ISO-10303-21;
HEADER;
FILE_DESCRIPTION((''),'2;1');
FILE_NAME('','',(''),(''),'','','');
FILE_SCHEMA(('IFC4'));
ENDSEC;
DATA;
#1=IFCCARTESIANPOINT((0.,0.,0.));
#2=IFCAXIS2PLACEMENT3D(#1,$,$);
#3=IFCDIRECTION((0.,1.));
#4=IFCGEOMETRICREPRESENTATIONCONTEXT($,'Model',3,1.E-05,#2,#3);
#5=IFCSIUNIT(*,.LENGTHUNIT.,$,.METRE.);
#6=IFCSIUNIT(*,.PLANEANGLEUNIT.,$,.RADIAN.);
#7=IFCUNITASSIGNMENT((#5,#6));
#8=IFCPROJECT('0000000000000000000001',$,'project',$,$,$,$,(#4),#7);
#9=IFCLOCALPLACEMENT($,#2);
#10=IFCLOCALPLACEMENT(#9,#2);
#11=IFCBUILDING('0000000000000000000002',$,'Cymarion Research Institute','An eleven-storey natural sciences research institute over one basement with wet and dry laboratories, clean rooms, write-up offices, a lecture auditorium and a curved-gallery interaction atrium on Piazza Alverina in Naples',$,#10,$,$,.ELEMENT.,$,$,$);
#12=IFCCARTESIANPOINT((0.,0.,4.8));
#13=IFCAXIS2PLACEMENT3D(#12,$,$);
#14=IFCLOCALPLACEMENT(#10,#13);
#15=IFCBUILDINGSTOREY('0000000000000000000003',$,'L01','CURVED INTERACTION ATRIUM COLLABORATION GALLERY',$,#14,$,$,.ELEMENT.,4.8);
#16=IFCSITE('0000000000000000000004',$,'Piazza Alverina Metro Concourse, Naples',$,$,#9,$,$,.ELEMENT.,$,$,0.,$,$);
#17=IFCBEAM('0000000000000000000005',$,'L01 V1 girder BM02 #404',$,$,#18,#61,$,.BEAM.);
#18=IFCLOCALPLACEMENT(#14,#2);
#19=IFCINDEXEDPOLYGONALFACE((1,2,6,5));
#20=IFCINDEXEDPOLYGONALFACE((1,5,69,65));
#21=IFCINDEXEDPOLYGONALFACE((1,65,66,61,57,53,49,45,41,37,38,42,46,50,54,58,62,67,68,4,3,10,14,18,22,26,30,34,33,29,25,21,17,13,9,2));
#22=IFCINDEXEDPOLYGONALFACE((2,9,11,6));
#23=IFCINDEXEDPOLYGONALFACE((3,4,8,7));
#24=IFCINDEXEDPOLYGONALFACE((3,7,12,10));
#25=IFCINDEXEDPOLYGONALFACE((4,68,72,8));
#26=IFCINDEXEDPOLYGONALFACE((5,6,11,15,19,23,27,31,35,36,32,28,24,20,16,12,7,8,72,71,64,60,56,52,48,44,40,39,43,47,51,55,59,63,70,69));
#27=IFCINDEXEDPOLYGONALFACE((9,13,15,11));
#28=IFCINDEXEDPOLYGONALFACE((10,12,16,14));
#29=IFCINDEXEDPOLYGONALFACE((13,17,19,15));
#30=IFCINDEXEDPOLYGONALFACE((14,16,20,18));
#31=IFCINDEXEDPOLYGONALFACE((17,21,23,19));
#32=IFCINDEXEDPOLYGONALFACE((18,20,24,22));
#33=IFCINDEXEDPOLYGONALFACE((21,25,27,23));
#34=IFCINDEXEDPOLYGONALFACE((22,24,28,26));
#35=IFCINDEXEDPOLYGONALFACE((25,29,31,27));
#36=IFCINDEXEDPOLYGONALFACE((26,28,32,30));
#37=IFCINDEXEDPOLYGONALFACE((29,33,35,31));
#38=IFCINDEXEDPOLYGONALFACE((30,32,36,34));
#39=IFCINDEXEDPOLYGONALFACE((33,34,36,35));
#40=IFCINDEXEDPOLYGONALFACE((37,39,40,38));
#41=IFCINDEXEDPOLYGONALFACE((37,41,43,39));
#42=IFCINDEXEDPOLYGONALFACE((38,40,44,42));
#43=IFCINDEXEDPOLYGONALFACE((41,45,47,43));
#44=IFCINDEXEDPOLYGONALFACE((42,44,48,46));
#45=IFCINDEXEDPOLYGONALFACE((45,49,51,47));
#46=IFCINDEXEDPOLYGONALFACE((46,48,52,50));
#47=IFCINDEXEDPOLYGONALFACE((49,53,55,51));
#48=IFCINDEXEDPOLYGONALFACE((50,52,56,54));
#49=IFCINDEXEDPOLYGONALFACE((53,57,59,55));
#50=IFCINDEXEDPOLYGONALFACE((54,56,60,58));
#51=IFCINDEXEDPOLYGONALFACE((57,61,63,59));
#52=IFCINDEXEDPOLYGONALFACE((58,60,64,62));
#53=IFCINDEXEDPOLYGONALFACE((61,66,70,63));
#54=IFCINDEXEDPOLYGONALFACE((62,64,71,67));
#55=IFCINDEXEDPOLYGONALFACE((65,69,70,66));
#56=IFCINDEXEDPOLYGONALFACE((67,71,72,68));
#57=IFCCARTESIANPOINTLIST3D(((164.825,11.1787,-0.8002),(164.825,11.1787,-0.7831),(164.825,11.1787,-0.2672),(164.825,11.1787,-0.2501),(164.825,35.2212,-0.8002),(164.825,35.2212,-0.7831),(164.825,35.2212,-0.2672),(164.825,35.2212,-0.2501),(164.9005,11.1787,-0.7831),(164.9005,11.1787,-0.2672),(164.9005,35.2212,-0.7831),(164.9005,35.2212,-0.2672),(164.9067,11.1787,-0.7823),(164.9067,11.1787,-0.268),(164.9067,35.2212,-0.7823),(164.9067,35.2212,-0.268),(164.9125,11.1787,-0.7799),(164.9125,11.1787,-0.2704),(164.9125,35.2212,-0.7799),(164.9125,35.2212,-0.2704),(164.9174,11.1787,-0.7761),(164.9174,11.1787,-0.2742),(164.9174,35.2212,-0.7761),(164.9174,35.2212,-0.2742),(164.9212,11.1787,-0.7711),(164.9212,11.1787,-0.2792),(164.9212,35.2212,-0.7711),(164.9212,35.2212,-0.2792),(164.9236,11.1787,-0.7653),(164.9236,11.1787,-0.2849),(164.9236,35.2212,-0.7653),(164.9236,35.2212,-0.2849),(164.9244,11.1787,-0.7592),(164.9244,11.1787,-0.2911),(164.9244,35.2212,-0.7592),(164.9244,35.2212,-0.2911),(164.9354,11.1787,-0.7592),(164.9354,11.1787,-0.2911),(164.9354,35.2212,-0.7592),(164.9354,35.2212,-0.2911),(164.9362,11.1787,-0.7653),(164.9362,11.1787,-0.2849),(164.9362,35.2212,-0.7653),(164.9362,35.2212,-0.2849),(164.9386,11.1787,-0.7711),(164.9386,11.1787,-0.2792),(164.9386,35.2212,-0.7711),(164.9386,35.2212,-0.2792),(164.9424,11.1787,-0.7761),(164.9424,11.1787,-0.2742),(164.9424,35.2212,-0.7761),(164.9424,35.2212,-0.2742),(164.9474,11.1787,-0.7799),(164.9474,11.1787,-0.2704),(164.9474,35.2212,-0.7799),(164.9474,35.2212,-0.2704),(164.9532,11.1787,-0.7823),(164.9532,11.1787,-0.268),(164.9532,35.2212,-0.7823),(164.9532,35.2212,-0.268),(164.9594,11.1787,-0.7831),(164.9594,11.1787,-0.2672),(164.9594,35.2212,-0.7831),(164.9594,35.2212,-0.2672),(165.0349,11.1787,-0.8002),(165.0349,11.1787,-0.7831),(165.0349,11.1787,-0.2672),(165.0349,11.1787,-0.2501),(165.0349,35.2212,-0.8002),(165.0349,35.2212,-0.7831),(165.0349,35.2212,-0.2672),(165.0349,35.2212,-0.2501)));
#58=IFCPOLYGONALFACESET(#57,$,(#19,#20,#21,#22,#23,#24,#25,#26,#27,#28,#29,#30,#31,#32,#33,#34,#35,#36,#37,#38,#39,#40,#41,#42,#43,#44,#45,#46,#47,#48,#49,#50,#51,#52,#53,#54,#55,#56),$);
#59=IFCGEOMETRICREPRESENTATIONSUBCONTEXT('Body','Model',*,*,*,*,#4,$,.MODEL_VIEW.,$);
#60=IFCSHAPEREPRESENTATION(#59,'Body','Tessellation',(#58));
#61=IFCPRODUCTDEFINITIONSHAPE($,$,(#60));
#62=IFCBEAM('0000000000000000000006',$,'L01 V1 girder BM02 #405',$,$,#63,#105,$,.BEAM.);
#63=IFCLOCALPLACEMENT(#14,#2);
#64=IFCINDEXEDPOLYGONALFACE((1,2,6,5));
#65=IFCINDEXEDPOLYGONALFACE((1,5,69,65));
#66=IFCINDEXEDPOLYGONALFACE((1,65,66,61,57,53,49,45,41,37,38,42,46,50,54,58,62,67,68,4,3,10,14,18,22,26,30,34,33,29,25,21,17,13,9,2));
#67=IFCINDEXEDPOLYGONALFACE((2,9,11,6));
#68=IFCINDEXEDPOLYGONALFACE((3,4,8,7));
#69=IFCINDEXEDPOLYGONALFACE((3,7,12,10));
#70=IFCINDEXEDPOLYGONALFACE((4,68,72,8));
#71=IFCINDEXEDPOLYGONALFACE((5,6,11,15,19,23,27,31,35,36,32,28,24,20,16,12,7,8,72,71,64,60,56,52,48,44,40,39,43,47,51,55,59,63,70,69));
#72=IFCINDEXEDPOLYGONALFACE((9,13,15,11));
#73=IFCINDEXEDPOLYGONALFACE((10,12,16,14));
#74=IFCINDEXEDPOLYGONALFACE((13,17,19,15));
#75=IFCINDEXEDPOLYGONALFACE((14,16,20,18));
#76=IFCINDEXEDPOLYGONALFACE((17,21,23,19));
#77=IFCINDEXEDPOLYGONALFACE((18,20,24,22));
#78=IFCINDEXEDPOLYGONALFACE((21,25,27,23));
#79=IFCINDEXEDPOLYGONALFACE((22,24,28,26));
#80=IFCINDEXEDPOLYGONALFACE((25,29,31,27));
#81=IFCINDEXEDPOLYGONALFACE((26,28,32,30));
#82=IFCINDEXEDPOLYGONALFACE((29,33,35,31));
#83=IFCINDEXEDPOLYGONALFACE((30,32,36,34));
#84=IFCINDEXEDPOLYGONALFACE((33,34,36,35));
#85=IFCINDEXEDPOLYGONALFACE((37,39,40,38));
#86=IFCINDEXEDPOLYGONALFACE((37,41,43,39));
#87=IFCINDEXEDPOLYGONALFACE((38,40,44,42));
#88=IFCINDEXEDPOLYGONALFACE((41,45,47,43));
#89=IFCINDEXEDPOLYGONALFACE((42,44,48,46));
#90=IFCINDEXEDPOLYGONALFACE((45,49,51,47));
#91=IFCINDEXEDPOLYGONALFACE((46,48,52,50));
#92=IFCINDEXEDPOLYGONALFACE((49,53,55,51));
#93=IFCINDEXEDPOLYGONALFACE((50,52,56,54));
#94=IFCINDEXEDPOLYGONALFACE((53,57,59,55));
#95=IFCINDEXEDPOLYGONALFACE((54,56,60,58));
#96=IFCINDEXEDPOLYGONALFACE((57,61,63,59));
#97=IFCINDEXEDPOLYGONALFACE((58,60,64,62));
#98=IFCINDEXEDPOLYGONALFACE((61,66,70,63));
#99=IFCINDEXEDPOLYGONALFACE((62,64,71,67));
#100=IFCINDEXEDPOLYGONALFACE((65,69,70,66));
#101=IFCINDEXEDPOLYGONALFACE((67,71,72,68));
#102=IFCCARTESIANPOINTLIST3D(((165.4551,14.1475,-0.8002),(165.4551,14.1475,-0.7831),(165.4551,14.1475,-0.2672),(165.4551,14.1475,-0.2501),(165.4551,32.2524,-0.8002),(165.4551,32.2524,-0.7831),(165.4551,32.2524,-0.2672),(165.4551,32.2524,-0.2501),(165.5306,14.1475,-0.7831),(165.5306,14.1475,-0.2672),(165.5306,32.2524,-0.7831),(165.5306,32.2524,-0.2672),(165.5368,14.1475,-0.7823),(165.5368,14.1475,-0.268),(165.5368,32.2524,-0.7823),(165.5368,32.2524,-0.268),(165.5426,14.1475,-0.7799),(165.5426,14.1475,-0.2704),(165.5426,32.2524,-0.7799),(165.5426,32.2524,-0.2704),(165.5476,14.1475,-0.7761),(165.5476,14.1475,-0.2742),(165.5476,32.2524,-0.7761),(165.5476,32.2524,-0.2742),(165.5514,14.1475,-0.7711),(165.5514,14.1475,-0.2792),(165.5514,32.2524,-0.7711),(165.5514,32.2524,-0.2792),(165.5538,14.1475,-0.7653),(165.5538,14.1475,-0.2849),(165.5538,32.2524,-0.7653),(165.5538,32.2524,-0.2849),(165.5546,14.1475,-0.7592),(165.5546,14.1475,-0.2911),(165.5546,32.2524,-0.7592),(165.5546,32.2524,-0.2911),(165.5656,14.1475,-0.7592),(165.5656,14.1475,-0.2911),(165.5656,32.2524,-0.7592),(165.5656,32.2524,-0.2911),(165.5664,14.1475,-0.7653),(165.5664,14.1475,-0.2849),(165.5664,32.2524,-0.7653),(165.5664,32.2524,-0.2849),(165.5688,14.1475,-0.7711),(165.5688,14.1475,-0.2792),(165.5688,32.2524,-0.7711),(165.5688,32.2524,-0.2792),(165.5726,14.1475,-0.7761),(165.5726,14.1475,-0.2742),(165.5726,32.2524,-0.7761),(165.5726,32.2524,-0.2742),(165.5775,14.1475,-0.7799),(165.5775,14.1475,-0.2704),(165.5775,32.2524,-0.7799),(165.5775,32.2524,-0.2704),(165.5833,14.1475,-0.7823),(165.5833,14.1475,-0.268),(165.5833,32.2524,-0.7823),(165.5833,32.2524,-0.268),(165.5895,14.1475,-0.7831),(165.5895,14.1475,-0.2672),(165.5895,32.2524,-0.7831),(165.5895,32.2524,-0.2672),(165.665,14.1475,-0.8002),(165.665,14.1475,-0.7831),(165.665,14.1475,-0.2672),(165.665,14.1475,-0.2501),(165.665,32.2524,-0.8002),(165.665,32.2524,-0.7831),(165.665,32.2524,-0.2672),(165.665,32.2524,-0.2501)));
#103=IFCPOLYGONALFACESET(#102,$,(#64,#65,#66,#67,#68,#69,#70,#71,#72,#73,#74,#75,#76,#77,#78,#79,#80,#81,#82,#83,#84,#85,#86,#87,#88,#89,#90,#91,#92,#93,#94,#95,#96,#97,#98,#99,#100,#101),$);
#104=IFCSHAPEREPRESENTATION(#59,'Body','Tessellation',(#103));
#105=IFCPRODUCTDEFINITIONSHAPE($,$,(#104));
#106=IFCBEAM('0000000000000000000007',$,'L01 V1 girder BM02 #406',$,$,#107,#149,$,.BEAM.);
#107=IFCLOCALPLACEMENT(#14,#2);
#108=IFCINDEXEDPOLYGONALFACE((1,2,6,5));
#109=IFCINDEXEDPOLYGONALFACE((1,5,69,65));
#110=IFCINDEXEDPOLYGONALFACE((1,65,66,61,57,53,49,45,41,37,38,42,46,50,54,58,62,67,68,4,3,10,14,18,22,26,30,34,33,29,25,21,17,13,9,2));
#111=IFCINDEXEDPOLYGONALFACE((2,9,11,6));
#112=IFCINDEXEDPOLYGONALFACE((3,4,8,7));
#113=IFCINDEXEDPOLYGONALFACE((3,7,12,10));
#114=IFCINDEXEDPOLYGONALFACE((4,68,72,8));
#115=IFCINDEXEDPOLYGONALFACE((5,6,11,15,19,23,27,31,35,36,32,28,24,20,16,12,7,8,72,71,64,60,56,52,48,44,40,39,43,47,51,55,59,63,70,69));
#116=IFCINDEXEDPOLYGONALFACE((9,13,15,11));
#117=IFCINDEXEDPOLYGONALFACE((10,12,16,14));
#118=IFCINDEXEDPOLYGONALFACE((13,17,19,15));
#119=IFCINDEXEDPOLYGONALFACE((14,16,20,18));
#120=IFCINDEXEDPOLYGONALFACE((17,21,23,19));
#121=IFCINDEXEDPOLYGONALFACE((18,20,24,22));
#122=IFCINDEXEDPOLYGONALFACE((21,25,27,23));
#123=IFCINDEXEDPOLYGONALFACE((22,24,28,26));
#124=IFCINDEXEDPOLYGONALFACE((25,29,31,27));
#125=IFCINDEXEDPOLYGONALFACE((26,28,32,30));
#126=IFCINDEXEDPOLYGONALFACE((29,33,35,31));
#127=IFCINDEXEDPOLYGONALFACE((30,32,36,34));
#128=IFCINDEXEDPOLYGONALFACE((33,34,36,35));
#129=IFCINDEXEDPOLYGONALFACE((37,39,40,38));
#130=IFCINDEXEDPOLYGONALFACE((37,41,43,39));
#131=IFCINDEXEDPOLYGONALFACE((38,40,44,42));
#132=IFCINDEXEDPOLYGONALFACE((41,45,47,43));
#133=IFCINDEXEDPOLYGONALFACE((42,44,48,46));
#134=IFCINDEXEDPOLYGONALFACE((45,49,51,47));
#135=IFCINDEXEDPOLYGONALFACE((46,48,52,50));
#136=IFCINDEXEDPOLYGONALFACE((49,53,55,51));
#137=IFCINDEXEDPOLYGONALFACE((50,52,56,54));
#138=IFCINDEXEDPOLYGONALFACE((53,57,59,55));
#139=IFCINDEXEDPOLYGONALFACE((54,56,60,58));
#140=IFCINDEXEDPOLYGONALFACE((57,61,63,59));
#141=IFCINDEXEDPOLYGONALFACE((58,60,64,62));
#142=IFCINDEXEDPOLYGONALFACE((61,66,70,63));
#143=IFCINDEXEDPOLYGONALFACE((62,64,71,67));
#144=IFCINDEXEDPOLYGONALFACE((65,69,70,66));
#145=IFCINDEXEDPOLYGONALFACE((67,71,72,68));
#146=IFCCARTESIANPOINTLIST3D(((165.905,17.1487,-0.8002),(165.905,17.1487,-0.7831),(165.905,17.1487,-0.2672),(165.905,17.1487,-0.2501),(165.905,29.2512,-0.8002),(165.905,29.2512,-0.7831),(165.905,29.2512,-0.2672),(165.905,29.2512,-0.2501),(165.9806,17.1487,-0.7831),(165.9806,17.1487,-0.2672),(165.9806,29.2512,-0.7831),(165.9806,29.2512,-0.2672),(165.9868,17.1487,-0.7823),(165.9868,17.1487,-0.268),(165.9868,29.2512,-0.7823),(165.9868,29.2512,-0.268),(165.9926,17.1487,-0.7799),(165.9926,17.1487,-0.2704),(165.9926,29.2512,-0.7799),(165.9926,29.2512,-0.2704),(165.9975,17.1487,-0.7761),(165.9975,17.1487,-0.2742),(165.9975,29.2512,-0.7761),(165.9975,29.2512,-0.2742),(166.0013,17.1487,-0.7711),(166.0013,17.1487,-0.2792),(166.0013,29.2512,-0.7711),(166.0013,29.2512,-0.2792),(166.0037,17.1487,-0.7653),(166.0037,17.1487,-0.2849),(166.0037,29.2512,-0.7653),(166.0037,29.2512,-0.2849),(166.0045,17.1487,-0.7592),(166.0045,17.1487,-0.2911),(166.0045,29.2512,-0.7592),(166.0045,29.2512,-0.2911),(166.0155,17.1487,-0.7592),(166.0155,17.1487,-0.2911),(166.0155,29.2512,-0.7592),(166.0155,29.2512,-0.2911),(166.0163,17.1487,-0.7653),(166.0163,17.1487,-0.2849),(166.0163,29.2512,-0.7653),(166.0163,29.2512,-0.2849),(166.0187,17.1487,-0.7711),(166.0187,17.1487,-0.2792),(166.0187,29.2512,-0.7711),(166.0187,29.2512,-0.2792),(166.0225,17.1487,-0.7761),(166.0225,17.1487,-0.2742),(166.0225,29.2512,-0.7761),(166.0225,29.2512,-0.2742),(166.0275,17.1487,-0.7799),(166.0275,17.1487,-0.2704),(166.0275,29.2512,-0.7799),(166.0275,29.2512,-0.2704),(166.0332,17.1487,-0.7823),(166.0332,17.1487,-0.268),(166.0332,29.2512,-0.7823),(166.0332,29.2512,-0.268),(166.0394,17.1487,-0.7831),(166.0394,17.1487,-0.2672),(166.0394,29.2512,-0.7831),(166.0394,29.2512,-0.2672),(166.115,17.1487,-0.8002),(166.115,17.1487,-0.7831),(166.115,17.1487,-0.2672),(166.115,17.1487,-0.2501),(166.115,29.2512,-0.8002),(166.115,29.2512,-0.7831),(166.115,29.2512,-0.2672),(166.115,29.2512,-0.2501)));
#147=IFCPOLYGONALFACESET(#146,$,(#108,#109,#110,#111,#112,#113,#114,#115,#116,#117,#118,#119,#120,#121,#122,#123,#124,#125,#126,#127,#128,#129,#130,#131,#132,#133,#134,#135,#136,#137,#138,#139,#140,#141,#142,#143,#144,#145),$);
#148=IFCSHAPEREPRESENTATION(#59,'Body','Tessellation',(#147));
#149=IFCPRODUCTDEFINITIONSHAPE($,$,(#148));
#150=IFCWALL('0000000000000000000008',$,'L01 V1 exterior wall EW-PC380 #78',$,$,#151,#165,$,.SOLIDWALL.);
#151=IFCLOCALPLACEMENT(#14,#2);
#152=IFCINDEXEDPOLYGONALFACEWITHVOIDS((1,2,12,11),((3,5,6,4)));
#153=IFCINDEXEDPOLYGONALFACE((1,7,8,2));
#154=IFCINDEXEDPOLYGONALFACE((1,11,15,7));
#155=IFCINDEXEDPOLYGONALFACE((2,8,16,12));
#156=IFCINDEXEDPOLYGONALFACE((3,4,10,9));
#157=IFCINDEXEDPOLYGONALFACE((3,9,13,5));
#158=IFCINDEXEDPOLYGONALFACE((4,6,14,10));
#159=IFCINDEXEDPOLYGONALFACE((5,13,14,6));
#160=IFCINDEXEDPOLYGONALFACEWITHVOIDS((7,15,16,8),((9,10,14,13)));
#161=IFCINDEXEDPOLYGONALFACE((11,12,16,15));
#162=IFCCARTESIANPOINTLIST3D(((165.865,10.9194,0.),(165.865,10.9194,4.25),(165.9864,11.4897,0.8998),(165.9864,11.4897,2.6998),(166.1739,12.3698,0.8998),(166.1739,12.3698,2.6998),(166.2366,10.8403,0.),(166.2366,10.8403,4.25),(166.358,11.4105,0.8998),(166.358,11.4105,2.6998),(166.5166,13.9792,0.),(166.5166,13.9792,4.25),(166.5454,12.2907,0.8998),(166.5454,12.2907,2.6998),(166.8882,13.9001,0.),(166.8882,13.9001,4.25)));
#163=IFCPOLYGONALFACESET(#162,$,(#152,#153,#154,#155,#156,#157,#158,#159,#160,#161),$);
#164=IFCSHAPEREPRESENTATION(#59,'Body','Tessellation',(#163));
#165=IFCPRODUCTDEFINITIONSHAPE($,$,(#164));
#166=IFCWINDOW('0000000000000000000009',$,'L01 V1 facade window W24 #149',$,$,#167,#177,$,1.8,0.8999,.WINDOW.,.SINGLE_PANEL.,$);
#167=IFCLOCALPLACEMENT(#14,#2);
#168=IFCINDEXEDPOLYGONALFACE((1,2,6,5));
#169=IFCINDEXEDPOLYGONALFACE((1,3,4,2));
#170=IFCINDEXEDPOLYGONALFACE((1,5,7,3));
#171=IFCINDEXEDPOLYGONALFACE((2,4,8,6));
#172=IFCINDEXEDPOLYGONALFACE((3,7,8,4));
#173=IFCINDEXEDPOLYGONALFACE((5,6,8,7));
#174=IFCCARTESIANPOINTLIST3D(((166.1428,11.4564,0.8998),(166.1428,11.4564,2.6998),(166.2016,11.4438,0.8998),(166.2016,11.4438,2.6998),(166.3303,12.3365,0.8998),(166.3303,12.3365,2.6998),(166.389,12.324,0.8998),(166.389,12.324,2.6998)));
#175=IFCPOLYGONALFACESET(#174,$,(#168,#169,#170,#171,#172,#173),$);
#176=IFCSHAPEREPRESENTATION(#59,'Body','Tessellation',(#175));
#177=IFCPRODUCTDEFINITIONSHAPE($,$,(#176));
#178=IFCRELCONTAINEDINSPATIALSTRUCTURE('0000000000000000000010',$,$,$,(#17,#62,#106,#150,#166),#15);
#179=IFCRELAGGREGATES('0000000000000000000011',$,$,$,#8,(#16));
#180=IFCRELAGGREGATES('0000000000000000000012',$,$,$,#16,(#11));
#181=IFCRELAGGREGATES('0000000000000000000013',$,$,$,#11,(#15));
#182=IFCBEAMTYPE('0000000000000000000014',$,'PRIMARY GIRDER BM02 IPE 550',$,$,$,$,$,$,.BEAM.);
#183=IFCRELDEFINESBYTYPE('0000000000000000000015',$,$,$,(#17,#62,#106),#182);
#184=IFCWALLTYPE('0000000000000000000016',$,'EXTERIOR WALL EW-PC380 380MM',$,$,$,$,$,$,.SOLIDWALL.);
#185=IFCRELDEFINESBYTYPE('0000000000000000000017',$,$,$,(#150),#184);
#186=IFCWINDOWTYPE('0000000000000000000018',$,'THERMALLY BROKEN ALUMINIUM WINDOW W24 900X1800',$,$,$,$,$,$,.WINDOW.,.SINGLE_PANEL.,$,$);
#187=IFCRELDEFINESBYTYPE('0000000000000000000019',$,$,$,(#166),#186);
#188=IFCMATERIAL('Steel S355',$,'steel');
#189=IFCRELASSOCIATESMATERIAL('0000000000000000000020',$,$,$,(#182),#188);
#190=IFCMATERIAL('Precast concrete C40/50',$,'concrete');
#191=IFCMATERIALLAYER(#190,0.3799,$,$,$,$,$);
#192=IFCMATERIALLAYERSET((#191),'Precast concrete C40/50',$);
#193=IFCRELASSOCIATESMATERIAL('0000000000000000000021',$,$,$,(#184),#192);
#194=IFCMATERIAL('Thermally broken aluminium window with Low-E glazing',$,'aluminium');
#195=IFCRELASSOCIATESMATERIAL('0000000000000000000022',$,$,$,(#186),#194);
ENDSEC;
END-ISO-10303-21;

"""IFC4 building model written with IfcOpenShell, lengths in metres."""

from ifc_helpers import new_model, si_unit, direction, frame, frame_2d, origin, origin_2d, place, context, subcontext, project, spatial, rectangle, i_section, extrude, material, layer, layer_set, material_profile, profile_set, type_object, element, fill, save


model = new_model("IFC4")

# Units and contexts
model_context = context("Model", 3, precision=1e-05, world=origin(), true_north=direction((0.0, 1.0)))
body_context = subcontext(model_context, "Body", "Model", "MODEL_VIEW")
ifc_project = project(units=[si_unit("LENGTHUNIT", "METRE"), si_unit("PLANEANGLEUNIT", "RADIAN")], contexts=[model_context])

# Site, building, storey
site_placement = place(None, origin())
site = spatial("IfcSite", under=ifc_project, at=site_placement, Name="Piazza Alverina Metro Concourse, Naples", CompositionType="ELEMENT", RefElevation=0.0)
building_placement = place(site_placement, origin())
building = spatial("IfcBuilding", under=site, at=building_placement, Name="Cymarion Research Institute", Description="An eleven-storey natural sciences research institute over one basement with wet and dry laboratories, clean rooms, write-up offices, a lecture auditorium and a curved-gallery interaction atrium on Piazza Alverina in Naples", CompositionType="ELEMENT")
storey_placement = place(building_placement, frame((0.0, 0.0, 4.8)))
storey = spatial("IfcBuildingStorey", under=building, at=storey_placement, Name="L01", Description="CURVED INTERACTION ATRIUM COLLABORATION GALLERY", CompositionType="ELEMENT", Elevation=4.8)

# Shared definitions
ifc_material_1 = material(Name="Steel S355", Category="steel")

# Beams
ifc_material_profile_1 = material_profile(ifc_material_1, i_section(OverallWidth=0.21, OverallDepth=0.55, WebThickness=0.011, FlangeThickness=0.0171, FilletRadius=0.0239, at=origin_2d()), Name="IPE 550")
ifc_profile_set_1 = profile_set([ifc_material_profile_1], Name="Steel S355")
beam_type = type_object("IfcBeamType", Name="PRIMARY GIRDER BM02 IPE 550", PredefinedType="BEAM", material=ifc_profile_set_1)
beam_1_placement = place(storey_placement, frame((164.9299, 11.1787, -0.5251), z_axis=(0.0, 1.0, 0.0), x_axis=(-1.0, 0.0, 0.0)))
element("IfcBeam", 1, at=beam_1_placement, inside=storey, type_object=beam_type, Name="L01 V1 girder BM02 #404", PredefinedType="BEAM", context=body_context, shape_type="SweptSolid", body=[
    extrude(i_section(OverallWidth=0.21, OverallDepth=0.55, WebThickness=0.011, FlangeThickness=0.0171, FilletRadius=0.0239, at=origin_2d()), origin(), (0.0, 0.0, 1.0), 24.0425),
])
beam_2_placement = place(storey_placement, frame((165.5601, 14.1475, -0.5251), z_axis=(0.0, 1.0, 0.0), x_axis=(-1.0, 0.0, 0.0)))
element("IfcBeam", 2, at=beam_2_placement, inside=storey, type_object=beam_type, Name="L01 V1 girder BM02 #405", PredefinedType="BEAM", context=body_context, shape_type="SweptSolid", body=[
    extrude(i_section(OverallWidth=0.21, OverallDepth=0.55, WebThickness=0.011, FlangeThickness=0.0171, FilletRadius=0.0239, at=origin_2d()), origin(), (0.0, 0.0, 1.0), 18.105),
])
beam_3_placement = place(storey_placement, frame((166.01, 17.1487, -0.5251), z_axis=(0.0, 1.0, 0.0), x_axis=(-1.0, 0.0, 0.0)))
element("IfcBeam", 3, at=beam_3_placement, inside=storey, type_object=beam_type, Name="L01 V1 girder BM02 #406", PredefinedType="BEAM", context=body_context, shape_type="SweptSolid", body=[
    extrude(i_section(OverallWidth=0.21, OverallDepth=0.55, WebThickness=0.011, FlangeThickness=0.0171, FilletRadius=0.0239, at=origin_2d()), origin(), (0.0, 0.0, 1.0), 12.1025),
])

# Wall, opening, window
ifc_material_2 = material(Name="Precast concrete C40/50", Category="concrete")
ifc_layer_1 = layer(ifc_material_2, 0.3799)
ifc_layer_set_1 = layer_set([ifc_layer_1], Name="Precast concrete C40/50")
wall_type = type_object("IfcWallType", Name="EXTERIOR WALL EW-PC380 380MM", PredefinedType="SOLIDWALL", material=ifc_layer_set_1)
wall_1_placement = place(storey_placement, frame((166.0508, 10.8799, 0.0), z_axis=(0.0, 0.0, 1.0), x_axis=(0.208287, 0.978068, 0.0)))
wall_1 = element("IfcWall", 4, at=wall_1_placement, inside=storey, type_object=wall_type, Name="L01 V1 exterior wall EW-PC380 #78", PredefinedType="SOLIDWALL", context=body_context, shape_type="SweptSolid", body=[
    extrude(rectangle(XDim=3.1284, YDim=0.3799, at=frame_2d((1.5642, 0.0))), origin(), (0.0, 0.0, 1.0), 4.25),
])
opening_1_placement = place(wall_1_placement, frame((0.583, 0.0, 0.8999)))
opening_1 = element("IfcOpeningElement", 5, at=opening_1_placement, cuts=wall_1, PredefinedType="OPENING", context=body_context, shape_type="SweptSolid", body=[
    extrude(rectangle(XDim=0.8999, YDim=1.8, at=frame_2d((0.45, 0.8999))), frame((0.0, 0.2, 0.0), z_axis=(0.0, -1.0, 0.0), x_axis=(1.0, 0.0, 0.0)), (0.0, 0.0, 1.0), 0.3999),
])
ifc_material_3 = material(Name="Thermally broken aluminium window with Low-E glazing", Category="aluminium")
window_type = type_object("IfcWindowType", Name="THERMALLY BROKEN ALUMINIUM WINDOW W24 900X1800", PartitioningType="SINGLE_PANEL", PredefinedType="WINDOW", material=ifc_material_3)
window_1_placement = place(opening_1_placement, origin())
window_1 = element("IfcWindow", 6, at=window_1_placement, inside=storey, type_object=window_type, Name="L01 V1 facade window W24 #149", OverallHeight=1.8, OverallWidth=0.8999, PartitioningType="SINGLE_PANEL", PredefinedType="WINDOW", context=body_context, shape_type="SweptSolid", body=[
    extrude(rectangle(XDim=0.8999, YDim=1.8, at=frame_2d((0.45, 0.8999))), frame((0.0, 0.03, 0.0), z_axis=(0.0, -1.0, 0.0), x_axis=(1.0, 0.0, 0.0)), (0.0, 0.0, 1.0), 0.0601),
])
fill(opening_1, window_1)

save(model, "model.ifc")
